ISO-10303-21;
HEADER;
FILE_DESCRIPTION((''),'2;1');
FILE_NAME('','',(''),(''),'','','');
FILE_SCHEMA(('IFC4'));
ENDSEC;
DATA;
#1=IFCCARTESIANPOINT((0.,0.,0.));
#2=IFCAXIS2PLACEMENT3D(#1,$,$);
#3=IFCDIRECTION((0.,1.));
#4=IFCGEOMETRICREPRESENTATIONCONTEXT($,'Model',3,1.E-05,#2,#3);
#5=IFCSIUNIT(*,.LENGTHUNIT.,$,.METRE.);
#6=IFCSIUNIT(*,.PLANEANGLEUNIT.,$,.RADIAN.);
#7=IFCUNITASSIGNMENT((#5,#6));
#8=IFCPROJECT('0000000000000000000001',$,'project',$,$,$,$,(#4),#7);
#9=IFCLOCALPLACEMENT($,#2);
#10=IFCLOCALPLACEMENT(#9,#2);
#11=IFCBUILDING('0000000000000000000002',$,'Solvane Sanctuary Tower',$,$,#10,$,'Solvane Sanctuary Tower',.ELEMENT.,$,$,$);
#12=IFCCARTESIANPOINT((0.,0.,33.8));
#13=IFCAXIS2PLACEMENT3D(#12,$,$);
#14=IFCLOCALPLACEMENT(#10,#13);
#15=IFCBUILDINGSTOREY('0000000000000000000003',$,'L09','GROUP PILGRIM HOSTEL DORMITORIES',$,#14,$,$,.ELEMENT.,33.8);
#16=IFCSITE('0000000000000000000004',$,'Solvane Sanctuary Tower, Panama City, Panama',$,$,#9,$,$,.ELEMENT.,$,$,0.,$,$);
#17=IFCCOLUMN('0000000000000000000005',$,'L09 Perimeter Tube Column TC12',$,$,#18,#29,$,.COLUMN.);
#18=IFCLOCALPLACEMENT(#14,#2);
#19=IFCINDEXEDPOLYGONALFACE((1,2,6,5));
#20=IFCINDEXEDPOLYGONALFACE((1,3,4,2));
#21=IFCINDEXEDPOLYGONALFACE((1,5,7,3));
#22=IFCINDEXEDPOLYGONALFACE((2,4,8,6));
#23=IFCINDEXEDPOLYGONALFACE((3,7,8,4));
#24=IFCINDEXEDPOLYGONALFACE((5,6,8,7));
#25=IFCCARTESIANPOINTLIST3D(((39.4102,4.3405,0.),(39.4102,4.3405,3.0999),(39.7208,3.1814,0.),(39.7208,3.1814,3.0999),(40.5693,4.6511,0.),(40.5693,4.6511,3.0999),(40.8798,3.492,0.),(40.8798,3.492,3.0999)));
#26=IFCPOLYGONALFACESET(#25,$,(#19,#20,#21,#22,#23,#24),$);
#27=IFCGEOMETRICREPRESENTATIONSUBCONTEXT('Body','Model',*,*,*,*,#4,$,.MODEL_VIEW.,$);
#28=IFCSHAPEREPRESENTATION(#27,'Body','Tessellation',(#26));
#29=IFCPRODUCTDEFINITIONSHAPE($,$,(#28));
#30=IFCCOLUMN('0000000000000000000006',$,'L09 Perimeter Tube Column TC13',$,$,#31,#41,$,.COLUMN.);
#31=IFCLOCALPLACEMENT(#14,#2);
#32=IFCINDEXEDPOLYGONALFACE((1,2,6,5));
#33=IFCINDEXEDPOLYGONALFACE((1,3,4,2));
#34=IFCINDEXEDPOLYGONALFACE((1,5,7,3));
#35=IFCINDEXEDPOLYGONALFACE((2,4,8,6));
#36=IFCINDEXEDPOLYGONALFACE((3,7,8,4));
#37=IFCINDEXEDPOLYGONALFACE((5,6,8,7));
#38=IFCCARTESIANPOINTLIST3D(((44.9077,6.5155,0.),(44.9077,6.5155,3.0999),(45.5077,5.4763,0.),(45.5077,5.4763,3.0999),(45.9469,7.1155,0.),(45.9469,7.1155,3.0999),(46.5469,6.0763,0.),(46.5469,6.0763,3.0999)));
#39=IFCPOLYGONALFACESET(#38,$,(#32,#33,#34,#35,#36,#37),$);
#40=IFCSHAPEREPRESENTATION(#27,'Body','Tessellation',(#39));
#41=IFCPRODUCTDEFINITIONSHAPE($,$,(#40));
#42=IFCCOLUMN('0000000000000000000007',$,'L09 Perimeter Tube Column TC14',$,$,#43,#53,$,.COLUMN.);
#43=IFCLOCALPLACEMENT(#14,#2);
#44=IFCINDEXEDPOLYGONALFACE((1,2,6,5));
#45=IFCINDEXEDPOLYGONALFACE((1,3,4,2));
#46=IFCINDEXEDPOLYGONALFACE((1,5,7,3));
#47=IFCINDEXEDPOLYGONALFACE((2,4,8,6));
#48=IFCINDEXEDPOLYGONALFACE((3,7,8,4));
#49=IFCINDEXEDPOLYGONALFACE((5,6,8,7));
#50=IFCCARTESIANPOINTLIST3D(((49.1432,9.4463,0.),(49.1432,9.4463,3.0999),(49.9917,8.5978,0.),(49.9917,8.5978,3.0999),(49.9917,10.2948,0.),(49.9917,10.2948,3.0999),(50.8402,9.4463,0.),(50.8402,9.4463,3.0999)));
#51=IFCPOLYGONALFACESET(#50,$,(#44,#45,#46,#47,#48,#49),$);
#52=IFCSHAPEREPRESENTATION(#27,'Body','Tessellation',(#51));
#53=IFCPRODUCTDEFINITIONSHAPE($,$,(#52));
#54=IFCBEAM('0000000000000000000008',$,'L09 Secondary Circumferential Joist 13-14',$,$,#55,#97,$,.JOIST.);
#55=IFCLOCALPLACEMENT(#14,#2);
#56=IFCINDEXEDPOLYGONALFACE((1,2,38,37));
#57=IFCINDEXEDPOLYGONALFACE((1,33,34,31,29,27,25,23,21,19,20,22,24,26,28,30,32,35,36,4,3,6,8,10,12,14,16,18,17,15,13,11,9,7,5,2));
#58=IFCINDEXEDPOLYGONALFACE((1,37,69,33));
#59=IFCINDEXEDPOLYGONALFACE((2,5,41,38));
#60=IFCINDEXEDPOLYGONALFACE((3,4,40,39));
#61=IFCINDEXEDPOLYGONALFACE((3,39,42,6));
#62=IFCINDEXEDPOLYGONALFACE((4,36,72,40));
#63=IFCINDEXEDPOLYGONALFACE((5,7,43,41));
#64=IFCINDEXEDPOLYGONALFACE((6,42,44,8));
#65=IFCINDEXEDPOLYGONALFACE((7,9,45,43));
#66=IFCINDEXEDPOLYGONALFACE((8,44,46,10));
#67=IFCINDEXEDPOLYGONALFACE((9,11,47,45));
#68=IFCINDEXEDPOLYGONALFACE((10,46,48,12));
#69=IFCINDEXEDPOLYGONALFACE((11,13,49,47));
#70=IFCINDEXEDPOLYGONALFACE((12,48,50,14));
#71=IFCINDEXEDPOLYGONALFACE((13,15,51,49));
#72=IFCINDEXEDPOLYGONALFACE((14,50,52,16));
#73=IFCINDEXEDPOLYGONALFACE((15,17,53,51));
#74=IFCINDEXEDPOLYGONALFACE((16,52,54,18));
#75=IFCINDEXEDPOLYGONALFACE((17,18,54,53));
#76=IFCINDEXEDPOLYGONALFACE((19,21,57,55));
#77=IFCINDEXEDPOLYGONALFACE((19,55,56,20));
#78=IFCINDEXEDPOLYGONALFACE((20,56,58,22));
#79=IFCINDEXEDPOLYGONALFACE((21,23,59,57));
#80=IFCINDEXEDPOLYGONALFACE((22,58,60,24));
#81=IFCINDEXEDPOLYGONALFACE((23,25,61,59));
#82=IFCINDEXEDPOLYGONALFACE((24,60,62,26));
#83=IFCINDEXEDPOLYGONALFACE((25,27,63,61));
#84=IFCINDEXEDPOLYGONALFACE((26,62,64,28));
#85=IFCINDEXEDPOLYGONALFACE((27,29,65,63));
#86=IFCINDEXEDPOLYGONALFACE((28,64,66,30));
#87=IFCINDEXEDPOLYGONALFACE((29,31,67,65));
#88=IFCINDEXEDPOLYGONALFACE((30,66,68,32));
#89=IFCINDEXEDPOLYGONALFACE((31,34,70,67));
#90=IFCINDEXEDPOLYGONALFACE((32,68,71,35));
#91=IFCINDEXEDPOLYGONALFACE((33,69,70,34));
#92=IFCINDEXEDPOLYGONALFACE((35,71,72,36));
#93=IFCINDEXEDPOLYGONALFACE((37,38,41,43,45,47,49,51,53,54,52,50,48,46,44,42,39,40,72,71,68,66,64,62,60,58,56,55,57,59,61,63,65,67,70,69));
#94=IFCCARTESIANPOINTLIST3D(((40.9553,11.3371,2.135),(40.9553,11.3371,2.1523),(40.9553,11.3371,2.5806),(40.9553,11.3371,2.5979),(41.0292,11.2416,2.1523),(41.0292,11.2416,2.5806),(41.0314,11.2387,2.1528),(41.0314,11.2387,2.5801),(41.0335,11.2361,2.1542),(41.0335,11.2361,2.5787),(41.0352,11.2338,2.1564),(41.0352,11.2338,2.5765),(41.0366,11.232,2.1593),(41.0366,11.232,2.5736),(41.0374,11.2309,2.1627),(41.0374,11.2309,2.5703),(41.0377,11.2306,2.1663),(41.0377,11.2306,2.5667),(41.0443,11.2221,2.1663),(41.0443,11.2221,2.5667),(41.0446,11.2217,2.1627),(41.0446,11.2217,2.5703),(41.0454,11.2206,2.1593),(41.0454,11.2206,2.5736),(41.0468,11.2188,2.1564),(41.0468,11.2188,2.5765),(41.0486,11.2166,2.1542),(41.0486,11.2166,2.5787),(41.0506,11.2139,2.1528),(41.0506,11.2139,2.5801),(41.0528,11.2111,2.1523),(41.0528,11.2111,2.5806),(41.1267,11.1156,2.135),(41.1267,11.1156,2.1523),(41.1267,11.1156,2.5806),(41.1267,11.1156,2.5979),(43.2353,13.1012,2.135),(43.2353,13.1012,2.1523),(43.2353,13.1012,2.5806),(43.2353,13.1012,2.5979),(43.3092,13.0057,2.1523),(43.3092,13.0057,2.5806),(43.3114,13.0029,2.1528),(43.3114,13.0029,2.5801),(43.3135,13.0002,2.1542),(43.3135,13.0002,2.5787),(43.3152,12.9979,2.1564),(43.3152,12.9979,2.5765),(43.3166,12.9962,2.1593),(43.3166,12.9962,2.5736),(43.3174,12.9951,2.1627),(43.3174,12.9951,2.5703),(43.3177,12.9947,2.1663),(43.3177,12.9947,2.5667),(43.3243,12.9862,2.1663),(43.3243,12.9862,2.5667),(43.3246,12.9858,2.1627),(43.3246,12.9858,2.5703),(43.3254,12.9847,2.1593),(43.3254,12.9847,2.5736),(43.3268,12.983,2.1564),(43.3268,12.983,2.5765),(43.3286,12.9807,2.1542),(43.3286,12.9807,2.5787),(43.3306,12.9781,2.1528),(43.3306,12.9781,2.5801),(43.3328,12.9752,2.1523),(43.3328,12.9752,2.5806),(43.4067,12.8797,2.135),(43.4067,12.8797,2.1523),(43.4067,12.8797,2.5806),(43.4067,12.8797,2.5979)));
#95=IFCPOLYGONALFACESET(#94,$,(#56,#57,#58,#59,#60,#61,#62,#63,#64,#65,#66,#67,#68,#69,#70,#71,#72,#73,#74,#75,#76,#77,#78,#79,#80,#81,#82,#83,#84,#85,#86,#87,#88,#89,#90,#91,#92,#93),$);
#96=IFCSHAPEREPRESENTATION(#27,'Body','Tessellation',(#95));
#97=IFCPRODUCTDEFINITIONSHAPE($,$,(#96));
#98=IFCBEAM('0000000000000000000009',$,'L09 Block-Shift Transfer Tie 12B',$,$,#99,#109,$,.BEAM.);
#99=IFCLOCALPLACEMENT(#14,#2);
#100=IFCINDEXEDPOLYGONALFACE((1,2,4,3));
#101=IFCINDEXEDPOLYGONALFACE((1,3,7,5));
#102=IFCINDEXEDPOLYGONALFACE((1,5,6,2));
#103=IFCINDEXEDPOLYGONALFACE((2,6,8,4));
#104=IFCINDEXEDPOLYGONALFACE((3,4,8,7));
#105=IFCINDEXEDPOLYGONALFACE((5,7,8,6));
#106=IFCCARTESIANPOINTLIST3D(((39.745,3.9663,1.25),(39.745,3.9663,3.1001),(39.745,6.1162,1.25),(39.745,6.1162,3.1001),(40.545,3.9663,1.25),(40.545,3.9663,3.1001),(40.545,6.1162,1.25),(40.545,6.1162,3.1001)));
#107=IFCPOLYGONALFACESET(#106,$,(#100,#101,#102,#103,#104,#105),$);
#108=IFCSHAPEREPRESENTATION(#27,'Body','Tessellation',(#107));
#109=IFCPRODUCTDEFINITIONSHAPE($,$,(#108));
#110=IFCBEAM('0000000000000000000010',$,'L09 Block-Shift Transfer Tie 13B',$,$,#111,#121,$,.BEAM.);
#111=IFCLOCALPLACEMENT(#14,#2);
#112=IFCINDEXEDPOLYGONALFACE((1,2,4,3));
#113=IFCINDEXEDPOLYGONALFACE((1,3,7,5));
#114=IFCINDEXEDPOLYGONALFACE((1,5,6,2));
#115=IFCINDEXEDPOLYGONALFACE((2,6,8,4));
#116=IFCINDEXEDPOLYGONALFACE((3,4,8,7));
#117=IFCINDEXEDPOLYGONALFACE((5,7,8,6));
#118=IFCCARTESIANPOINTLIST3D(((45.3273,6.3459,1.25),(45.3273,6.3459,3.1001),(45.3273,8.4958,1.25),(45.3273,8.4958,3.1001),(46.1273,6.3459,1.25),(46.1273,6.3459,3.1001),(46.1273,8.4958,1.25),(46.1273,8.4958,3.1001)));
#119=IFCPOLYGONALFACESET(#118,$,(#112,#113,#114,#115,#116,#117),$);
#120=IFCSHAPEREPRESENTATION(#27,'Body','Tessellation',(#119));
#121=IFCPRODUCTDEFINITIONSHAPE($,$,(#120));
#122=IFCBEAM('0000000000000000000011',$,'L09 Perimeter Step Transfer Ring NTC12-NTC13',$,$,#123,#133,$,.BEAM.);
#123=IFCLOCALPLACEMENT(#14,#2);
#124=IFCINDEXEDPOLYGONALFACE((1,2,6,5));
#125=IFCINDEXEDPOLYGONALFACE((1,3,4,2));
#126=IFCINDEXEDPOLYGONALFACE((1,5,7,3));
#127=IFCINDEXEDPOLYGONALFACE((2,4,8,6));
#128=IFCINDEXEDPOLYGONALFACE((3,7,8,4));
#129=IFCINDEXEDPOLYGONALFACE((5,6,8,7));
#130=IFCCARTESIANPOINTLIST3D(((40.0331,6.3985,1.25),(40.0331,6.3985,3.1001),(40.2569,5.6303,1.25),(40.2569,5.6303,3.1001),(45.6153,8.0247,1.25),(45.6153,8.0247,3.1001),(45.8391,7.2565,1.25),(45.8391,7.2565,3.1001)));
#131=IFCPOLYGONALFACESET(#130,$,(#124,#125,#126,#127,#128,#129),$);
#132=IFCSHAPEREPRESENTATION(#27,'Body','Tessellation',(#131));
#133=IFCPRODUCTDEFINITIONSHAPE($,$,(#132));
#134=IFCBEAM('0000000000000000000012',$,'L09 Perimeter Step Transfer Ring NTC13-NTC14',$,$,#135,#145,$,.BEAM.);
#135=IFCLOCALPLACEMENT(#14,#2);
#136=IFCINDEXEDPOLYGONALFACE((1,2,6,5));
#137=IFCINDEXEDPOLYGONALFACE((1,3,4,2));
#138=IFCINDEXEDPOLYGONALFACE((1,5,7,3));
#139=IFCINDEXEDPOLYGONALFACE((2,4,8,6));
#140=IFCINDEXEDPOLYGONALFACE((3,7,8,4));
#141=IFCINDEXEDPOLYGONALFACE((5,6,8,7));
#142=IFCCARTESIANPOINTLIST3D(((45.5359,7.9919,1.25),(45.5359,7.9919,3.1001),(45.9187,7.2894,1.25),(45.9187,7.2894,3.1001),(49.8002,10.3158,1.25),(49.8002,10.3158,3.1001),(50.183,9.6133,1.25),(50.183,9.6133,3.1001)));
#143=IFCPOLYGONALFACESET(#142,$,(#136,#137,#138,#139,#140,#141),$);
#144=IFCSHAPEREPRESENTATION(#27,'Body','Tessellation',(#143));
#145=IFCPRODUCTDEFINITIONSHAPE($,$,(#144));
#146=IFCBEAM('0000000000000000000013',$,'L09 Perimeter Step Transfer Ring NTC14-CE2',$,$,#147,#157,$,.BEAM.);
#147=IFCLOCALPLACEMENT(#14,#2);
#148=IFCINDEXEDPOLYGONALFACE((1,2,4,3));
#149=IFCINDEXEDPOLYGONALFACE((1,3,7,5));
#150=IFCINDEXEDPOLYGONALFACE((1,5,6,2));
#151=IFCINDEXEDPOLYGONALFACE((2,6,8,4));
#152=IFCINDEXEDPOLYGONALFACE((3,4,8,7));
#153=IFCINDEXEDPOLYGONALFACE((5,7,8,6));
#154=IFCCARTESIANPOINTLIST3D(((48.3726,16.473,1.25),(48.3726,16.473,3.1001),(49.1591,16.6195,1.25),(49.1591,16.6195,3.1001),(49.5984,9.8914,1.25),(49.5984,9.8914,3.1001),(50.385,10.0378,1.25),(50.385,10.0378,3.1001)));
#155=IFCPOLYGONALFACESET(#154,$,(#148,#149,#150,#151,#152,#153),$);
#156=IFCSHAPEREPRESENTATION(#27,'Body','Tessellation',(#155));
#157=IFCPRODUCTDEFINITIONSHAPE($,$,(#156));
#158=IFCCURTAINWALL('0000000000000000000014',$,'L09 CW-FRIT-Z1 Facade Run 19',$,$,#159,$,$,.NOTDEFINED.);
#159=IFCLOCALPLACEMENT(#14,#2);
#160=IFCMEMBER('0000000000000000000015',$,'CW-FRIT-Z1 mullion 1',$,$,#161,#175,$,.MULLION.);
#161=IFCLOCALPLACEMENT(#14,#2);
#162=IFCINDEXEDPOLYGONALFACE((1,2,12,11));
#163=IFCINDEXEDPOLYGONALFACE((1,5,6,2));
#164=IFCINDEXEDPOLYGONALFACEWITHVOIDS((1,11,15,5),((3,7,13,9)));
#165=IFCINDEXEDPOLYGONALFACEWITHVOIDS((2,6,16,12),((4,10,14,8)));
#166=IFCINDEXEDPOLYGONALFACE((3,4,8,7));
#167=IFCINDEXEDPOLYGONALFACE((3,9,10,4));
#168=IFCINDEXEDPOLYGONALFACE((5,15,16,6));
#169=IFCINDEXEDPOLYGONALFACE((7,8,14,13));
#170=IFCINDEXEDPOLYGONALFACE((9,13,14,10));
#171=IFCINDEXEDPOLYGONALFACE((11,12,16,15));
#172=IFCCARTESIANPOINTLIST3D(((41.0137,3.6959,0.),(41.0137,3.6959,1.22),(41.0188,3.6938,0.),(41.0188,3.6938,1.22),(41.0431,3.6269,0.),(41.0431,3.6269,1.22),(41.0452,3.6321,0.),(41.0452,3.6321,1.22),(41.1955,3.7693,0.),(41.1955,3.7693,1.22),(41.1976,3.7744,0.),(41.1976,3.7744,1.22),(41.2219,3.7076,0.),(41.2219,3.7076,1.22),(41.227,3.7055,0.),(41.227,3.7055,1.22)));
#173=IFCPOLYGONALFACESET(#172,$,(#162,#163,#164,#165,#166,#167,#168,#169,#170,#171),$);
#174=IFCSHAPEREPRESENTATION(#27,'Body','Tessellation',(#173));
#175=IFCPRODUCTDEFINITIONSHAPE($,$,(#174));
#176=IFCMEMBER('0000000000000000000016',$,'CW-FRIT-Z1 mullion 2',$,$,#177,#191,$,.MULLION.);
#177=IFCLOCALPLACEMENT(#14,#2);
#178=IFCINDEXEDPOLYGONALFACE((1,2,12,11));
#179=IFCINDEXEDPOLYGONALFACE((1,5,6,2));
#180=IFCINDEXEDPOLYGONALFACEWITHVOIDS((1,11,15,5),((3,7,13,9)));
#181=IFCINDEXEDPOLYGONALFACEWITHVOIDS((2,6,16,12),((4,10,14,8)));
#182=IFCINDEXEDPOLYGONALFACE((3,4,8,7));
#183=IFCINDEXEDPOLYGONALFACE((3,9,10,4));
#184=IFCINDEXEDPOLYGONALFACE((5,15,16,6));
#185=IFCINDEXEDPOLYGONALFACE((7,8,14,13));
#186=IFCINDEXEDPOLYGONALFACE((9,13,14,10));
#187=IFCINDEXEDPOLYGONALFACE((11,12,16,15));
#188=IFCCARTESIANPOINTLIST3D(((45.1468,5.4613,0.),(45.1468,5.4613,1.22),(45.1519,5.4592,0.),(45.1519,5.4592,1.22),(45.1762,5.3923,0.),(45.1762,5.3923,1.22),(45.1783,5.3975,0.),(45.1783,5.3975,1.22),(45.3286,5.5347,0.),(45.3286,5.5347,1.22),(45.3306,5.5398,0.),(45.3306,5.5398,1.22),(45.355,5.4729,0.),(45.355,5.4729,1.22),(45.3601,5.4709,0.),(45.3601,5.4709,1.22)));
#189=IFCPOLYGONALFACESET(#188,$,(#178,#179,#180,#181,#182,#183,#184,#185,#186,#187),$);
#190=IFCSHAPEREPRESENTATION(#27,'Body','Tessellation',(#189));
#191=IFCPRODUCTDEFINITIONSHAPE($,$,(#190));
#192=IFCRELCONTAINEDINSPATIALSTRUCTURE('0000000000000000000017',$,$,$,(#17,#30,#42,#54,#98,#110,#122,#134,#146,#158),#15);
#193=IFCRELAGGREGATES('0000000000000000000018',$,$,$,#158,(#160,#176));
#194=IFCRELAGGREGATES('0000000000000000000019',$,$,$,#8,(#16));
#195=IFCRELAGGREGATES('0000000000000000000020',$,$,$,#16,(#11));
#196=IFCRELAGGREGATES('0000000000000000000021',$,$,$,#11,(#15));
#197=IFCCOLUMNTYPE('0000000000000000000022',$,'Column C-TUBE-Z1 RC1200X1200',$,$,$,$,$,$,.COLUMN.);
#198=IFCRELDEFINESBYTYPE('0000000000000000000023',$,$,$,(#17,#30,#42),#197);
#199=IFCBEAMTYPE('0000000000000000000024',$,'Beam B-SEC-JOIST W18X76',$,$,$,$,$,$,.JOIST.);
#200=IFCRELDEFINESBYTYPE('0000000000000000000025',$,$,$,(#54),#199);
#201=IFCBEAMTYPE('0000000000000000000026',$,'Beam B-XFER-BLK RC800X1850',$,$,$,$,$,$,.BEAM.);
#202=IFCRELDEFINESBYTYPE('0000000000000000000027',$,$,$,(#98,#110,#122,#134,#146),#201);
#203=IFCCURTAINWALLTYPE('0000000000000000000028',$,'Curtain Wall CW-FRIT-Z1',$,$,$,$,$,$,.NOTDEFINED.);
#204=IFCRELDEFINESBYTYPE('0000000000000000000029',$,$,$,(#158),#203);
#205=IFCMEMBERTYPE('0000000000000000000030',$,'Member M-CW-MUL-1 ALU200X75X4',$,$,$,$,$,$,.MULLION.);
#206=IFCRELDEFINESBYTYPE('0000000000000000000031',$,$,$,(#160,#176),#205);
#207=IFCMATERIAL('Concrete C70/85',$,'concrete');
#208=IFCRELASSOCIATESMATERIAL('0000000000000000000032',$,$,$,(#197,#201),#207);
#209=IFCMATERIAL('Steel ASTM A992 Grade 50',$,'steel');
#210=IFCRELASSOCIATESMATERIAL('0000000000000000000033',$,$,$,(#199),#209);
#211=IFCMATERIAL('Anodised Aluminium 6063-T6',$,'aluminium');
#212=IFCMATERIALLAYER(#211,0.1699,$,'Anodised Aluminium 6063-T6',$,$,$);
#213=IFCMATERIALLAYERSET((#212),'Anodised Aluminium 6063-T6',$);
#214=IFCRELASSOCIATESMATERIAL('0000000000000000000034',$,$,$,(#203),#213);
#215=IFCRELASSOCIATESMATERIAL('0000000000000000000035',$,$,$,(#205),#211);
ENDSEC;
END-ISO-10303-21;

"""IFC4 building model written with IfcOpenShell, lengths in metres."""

from ifc_helpers import new_model, si_unit, direction, frame, origin, origin_2d, place, context, subcontext, project, spatial, rectangle, hollow_rectangle, i_section, extrude, material, layer, layer_set, material_profile, profile_set, type_object, element, aggregate, save


model = new_model("IFC4")

# Units and contexts
model_context = context("Model", 3, precision=1e-05, world=origin(), true_north=direction((0.0, 1.0)))
body_context = subcontext(model_context, "Body", "Model", "MODEL_VIEW")
ifc_project = project(units=[si_unit("LENGTHUNIT", "METRE"), si_unit("PLANEANGLEUNIT", "RADIAN")], contexts=[model_context])

# Site, building, storey
site_placement = place(None, origin())
site = spatial("IfcSite", under=ifc_project, at=site_placement, Name="Solvane Sanctuary Tower, Panama City, Panama", CompositionType="ELEMENT", RefElevation=0.0)
building_placement = place(site_placement, origin())
building = spatial("IfcBuilding", under=site, at=building_placement, Name="Solvane Sanctuary Tower", LongName="Solvane Sanctuary Tower", CompositionType="ELEMENT")
storey_placement = place(building_placement, frame((0.0, 0.0, 33.8)))
storey = spatial("IfcBuildingStorey", under=building, at=storey_placement, Name="L09", Description="GROUP PILGRIM HOSTEL DORMITORIES", CompositionType="ELEMENT", Elevation=33.8)

# Columns
ifc_material_1 = material(Name="Concrete C70/85", Category="concrete")
ifc_material_profile_1 = material_profile(ifc_material_1, rectangle(XDim=1.2, YDim=1.2, at=origin_2d()), Name="RC1200X1200")
ifc_profile_set_1 = profile_set([ifc_material_profile_1], Name="Concrete C70/85")
column_type = type_object("IfcColumnType", Name="Column C-TUBE-Z1 RC1200X1200", PredefinedType="COLUMN", material=ifc_profile_set_1)
for number, where, z_axis, x_axis, name in (
    (1, (40.145, 3.9163, 0.0), (0.0, 0.0, 1.0), (0.258819, -0.965926, 0.0), "L09 Perimeter Tube Column TC12"),
    (2, (45.7273, 6.2959, 0.0), (0.0, 0.0, 1.0), (0.5, -0.866025, 0.0), "L09 Perimeter Tube Column TC13"),
    (3, (49.9917, 9.4463, 0.0), (0.0, 0.0, 1.0), (0.707107, -0.707107, 0.0), "L09 Perimeter Tube Column TC14"),
):
    element("IfcColumn", number, at=place(storey_placement, frame(where, z_axis=z_axis, x_axis=x_axis)), inside=storey, type_object=column_type, Name=name, PredefinedType="COLUMN", context=body_context, shape_type="SweptSolid", body=[
        extrude(rectangle(XDim=1.2, YDim=1.2, at=origin_2d()), origin(), (0.0, 0.0, 1.0), 3.0999),
    ])

# Beams
ifc_material_2 = material(Name="Steel ASTM A992 Grade 50", Category="steel")
ifc_material_profile_2 = material_profile(ifc_material_2, i_section(OverallWidth=0.28, OverallDepth=0.4629, WebThickness=0.0107, FlangeThickness=0.0173, FilletRadius=0.0139, at=origin_2d()), Name="W18X76")
ifc_profile_set_2 = profile_set([ifc_material_profile_2], Name="Steel ASTM A992 Grade 50")
beam_type_1 = type_object("IfcBeamType", Name="Beam B-SEC-JOIST W18X76", PredefinedType="JOIST", material=ifc_profile_set_2)
beam_1_placement = place(storey_placement, frame((41.041, 11.2263, 2.3665), z_axis=(0.790896, 0.611951, 0.0), x_axis=(-0.611951, 0.790896, 0.0)))
element("IfcBeam", 4, at=beam_1_placement, inside=storey, type_object=beam_type_1, Name="L09 Secondary Circumferential Joist 13-14", PredefinedType="JOIST", context=body_context, shape_type="SweptSolid", body=[
    extrude(i_section(OverallWidth=0.28, OverallDepth=0.4629, WebThickness=0.0107, FlangeThickness=0.0173, FilletRadius=0.0139, at=origin_2d()), origin(), (0.0, 0.0, 1.0), 2.8828),
])
ifc_material_profile_3 = material_profile(ifc_material_1, rectangle(XDim=0.8, YDim=1.8501, at=origin_2d()), Name="RC800X1850")
ifc_profile_set_3 = profile_set([ifc_material_profile_3], Name="Concrete C70/85")
beam_type_2 = type_object("IfcBeamType", Name="Beam B-XFER-BLK RC800X1850", PredefinedType="BEAM", material=ifc_profile_set_3)
for number, where, z_axis, x_axis, name in (
    (5, (40.145, 3.9663, 2.175), (0.0, 1.0, 0.0), (-1.0, 0.0, 0.0), "L09 Block-Shift Transfer Tie 12B"),
    (6, (45.7273, 6.3459, 2.175), (0.0, 1.0, 0.0), (-1.0, 0.0, 0.0), "L09 Block-Shift Transfer Tie 13B"),
):
    element("IfcBeam", number, at=place(storey_placement, frame(where, z_axis=z_axis, x_axis=x_axis)), inside=storey, type_object=beam_type_2, Name=name, PredefinedType="BEAM", context=body_context, shape_type="SweptSolid", body=[
        extrude(rectangle(XDim=0.8, YDim=1.8501, at=origin_2d()), origin(), (0.0, 0.0, 1.0), 2.1499),
    ])
beam_2_placement = place(storey_placement, frame((40.145, 6.0144, 2.175), z_axis=(0.96009, 0.279692, 0.0), x_axis=(-0.279692, 0.96009, 0.0)))
element("IfcBeam", 7, at=beam_2_placement, inside=storey, type_object=beam_type_2, Name="L09 Perimeter Step Transfer Ring NTC12-NTC13", PredefinedType="BEAM", context=body_context, shape_type="SweptSolid", body=[
    extrude(rectangle(XDim=0.8, YDim=1.8501, at=origin_2d()), origin(), (0.0, 0.0, 1.0), 5.8142),
])
beam_3_placement = place(storey_placement, frame((45.7273, 7.6406, 2.175), z_axis=(0.878074, 0.478525, 0.0), x_axis=(-0.478525, 0.878074, 0.0)))
element("IfcBeam", 8, at=beam_3_placement, inside=storey, type_object=beam_type_2, Name="L09 Perimeter Step Transfer Ring NTC13-NTC14", PredefinedType="BEAM", context=body_context, shape_type="SweptSolid", body=[
    extrude(rectangle(XDim=0.8, YDim=1.8501, at=origin_2d()), origin(), (0.0, 0.0, 1.0), 4.8564),
])
beam_4_placement = place(storey_placement, frame((49.9917, 9.9646, 2.175), z_axis=(-0.183104, 0.983094, 0.0), x_axis=(-0.983094, -0.183104, 0.0)))
element("IfcBeam", 9, at=beam_4_placement, inside=storey, type_object=beam_type_2, Name="L09 Perimeter Step Transfer Ring NTC14-CE2", PredefinedType="BEAM", context=body_context, shape_type="SweptSolid", body=[
    extrude(rectangle(XDim=0.8, YDim=1.8501, at=origin_2d()), origin(), (0.0, 0.0, 1.0), 6.6948),
])

# Curtain wall, members
ifc_material_3 = material(Name="Anodised Aluminium 6063-T6", Category="aluminium")
ifc_layer_1 = layer(ifc_material_3, 0.1699, Name="Anodised Aluminium 6063-T6")
ifc_layer_set_1 = layer_set([ifc_layer_1], Name="Anodised Aluminium 6063-T6")
curtain_wall_type = type_object("IfcCurtainWallType", Name="Curtain Wall CW-FRIT-Z1", PredefinedType="NOTDEFINED", material=ifc_layer_set_1)
curtain_wall_placement = place(storey_placement, origin())
curtain_wall = element("IfcCurtainWall", 10, at=curtain_wall_placement, inside=storey, type_object=curtain_wall_type, Name="L09 CW-FRIT-Z1 Facade Run 19", PredefinedType="NOTDEFINED")
ifc_material_profile_4 = material_profile(ifc_material_3, hollow_rectangle(XDim=0.075, YDim=0.2, WallThickness=0.0039, at=origin_2d()), Name="ALU200X75X4")
ifc_profile_set_4 = profile_set([ifc_material_profile_4], Name="Anodised Aluminium 6063-T6")
member_type_1 = type_object("IfcMemberType", Name="Member M-CW-MUL-1 ALU200X75X4", PredefinedType="MULLION", material=ifc_profile_set_4)
member_1_placement = place(storey_placement, frame((41.1204, 3.7007, 0.0), z_axis=(0.0, 0.0, 1.0), x_axis=(-0.39282, 0.919615, 0.0)))
member_1 = element("IfcMember", 11, at=member_1_placement, type_object=member_type_1, Name="CW-FRIT-Z1 mullion 1", PredefinedType="MULLION", context=body_context, shape_type="SweptSolid", body=[
    extrude(hollow_rectangle(XDim=0.075, YDim=0.2, WallThickness=0.0039, at=origin_2d()), origin(), (0.0, 0.0, 1.0), 1.22),
])
member_2_placement = place(storey_placement, frame((45.2534, 5.4661, 0.0), z_axis=(0.0, 0.0, 1.0), x_axis=(-0.39282, 0.919615, 0.0)))
member_2 = element("IfcMember", 12, at=member_2_placement, type_object=member_type_1, Name="CW-FRIT-Z1 mullion 2", PredefinedType="MULLION", context=body_context, shape_type="SweptSolid", body=[
    extrude(hollow_rectangle(XDim=0.075, YDim=0.2, WallThickness=0.0039, at=origin_2d()), origin(), (0.0, 0.0, 1.0), 1.22),
])
aggregate(curtain_wall, [member_1, member_2])

save(model, "model.ifc")
